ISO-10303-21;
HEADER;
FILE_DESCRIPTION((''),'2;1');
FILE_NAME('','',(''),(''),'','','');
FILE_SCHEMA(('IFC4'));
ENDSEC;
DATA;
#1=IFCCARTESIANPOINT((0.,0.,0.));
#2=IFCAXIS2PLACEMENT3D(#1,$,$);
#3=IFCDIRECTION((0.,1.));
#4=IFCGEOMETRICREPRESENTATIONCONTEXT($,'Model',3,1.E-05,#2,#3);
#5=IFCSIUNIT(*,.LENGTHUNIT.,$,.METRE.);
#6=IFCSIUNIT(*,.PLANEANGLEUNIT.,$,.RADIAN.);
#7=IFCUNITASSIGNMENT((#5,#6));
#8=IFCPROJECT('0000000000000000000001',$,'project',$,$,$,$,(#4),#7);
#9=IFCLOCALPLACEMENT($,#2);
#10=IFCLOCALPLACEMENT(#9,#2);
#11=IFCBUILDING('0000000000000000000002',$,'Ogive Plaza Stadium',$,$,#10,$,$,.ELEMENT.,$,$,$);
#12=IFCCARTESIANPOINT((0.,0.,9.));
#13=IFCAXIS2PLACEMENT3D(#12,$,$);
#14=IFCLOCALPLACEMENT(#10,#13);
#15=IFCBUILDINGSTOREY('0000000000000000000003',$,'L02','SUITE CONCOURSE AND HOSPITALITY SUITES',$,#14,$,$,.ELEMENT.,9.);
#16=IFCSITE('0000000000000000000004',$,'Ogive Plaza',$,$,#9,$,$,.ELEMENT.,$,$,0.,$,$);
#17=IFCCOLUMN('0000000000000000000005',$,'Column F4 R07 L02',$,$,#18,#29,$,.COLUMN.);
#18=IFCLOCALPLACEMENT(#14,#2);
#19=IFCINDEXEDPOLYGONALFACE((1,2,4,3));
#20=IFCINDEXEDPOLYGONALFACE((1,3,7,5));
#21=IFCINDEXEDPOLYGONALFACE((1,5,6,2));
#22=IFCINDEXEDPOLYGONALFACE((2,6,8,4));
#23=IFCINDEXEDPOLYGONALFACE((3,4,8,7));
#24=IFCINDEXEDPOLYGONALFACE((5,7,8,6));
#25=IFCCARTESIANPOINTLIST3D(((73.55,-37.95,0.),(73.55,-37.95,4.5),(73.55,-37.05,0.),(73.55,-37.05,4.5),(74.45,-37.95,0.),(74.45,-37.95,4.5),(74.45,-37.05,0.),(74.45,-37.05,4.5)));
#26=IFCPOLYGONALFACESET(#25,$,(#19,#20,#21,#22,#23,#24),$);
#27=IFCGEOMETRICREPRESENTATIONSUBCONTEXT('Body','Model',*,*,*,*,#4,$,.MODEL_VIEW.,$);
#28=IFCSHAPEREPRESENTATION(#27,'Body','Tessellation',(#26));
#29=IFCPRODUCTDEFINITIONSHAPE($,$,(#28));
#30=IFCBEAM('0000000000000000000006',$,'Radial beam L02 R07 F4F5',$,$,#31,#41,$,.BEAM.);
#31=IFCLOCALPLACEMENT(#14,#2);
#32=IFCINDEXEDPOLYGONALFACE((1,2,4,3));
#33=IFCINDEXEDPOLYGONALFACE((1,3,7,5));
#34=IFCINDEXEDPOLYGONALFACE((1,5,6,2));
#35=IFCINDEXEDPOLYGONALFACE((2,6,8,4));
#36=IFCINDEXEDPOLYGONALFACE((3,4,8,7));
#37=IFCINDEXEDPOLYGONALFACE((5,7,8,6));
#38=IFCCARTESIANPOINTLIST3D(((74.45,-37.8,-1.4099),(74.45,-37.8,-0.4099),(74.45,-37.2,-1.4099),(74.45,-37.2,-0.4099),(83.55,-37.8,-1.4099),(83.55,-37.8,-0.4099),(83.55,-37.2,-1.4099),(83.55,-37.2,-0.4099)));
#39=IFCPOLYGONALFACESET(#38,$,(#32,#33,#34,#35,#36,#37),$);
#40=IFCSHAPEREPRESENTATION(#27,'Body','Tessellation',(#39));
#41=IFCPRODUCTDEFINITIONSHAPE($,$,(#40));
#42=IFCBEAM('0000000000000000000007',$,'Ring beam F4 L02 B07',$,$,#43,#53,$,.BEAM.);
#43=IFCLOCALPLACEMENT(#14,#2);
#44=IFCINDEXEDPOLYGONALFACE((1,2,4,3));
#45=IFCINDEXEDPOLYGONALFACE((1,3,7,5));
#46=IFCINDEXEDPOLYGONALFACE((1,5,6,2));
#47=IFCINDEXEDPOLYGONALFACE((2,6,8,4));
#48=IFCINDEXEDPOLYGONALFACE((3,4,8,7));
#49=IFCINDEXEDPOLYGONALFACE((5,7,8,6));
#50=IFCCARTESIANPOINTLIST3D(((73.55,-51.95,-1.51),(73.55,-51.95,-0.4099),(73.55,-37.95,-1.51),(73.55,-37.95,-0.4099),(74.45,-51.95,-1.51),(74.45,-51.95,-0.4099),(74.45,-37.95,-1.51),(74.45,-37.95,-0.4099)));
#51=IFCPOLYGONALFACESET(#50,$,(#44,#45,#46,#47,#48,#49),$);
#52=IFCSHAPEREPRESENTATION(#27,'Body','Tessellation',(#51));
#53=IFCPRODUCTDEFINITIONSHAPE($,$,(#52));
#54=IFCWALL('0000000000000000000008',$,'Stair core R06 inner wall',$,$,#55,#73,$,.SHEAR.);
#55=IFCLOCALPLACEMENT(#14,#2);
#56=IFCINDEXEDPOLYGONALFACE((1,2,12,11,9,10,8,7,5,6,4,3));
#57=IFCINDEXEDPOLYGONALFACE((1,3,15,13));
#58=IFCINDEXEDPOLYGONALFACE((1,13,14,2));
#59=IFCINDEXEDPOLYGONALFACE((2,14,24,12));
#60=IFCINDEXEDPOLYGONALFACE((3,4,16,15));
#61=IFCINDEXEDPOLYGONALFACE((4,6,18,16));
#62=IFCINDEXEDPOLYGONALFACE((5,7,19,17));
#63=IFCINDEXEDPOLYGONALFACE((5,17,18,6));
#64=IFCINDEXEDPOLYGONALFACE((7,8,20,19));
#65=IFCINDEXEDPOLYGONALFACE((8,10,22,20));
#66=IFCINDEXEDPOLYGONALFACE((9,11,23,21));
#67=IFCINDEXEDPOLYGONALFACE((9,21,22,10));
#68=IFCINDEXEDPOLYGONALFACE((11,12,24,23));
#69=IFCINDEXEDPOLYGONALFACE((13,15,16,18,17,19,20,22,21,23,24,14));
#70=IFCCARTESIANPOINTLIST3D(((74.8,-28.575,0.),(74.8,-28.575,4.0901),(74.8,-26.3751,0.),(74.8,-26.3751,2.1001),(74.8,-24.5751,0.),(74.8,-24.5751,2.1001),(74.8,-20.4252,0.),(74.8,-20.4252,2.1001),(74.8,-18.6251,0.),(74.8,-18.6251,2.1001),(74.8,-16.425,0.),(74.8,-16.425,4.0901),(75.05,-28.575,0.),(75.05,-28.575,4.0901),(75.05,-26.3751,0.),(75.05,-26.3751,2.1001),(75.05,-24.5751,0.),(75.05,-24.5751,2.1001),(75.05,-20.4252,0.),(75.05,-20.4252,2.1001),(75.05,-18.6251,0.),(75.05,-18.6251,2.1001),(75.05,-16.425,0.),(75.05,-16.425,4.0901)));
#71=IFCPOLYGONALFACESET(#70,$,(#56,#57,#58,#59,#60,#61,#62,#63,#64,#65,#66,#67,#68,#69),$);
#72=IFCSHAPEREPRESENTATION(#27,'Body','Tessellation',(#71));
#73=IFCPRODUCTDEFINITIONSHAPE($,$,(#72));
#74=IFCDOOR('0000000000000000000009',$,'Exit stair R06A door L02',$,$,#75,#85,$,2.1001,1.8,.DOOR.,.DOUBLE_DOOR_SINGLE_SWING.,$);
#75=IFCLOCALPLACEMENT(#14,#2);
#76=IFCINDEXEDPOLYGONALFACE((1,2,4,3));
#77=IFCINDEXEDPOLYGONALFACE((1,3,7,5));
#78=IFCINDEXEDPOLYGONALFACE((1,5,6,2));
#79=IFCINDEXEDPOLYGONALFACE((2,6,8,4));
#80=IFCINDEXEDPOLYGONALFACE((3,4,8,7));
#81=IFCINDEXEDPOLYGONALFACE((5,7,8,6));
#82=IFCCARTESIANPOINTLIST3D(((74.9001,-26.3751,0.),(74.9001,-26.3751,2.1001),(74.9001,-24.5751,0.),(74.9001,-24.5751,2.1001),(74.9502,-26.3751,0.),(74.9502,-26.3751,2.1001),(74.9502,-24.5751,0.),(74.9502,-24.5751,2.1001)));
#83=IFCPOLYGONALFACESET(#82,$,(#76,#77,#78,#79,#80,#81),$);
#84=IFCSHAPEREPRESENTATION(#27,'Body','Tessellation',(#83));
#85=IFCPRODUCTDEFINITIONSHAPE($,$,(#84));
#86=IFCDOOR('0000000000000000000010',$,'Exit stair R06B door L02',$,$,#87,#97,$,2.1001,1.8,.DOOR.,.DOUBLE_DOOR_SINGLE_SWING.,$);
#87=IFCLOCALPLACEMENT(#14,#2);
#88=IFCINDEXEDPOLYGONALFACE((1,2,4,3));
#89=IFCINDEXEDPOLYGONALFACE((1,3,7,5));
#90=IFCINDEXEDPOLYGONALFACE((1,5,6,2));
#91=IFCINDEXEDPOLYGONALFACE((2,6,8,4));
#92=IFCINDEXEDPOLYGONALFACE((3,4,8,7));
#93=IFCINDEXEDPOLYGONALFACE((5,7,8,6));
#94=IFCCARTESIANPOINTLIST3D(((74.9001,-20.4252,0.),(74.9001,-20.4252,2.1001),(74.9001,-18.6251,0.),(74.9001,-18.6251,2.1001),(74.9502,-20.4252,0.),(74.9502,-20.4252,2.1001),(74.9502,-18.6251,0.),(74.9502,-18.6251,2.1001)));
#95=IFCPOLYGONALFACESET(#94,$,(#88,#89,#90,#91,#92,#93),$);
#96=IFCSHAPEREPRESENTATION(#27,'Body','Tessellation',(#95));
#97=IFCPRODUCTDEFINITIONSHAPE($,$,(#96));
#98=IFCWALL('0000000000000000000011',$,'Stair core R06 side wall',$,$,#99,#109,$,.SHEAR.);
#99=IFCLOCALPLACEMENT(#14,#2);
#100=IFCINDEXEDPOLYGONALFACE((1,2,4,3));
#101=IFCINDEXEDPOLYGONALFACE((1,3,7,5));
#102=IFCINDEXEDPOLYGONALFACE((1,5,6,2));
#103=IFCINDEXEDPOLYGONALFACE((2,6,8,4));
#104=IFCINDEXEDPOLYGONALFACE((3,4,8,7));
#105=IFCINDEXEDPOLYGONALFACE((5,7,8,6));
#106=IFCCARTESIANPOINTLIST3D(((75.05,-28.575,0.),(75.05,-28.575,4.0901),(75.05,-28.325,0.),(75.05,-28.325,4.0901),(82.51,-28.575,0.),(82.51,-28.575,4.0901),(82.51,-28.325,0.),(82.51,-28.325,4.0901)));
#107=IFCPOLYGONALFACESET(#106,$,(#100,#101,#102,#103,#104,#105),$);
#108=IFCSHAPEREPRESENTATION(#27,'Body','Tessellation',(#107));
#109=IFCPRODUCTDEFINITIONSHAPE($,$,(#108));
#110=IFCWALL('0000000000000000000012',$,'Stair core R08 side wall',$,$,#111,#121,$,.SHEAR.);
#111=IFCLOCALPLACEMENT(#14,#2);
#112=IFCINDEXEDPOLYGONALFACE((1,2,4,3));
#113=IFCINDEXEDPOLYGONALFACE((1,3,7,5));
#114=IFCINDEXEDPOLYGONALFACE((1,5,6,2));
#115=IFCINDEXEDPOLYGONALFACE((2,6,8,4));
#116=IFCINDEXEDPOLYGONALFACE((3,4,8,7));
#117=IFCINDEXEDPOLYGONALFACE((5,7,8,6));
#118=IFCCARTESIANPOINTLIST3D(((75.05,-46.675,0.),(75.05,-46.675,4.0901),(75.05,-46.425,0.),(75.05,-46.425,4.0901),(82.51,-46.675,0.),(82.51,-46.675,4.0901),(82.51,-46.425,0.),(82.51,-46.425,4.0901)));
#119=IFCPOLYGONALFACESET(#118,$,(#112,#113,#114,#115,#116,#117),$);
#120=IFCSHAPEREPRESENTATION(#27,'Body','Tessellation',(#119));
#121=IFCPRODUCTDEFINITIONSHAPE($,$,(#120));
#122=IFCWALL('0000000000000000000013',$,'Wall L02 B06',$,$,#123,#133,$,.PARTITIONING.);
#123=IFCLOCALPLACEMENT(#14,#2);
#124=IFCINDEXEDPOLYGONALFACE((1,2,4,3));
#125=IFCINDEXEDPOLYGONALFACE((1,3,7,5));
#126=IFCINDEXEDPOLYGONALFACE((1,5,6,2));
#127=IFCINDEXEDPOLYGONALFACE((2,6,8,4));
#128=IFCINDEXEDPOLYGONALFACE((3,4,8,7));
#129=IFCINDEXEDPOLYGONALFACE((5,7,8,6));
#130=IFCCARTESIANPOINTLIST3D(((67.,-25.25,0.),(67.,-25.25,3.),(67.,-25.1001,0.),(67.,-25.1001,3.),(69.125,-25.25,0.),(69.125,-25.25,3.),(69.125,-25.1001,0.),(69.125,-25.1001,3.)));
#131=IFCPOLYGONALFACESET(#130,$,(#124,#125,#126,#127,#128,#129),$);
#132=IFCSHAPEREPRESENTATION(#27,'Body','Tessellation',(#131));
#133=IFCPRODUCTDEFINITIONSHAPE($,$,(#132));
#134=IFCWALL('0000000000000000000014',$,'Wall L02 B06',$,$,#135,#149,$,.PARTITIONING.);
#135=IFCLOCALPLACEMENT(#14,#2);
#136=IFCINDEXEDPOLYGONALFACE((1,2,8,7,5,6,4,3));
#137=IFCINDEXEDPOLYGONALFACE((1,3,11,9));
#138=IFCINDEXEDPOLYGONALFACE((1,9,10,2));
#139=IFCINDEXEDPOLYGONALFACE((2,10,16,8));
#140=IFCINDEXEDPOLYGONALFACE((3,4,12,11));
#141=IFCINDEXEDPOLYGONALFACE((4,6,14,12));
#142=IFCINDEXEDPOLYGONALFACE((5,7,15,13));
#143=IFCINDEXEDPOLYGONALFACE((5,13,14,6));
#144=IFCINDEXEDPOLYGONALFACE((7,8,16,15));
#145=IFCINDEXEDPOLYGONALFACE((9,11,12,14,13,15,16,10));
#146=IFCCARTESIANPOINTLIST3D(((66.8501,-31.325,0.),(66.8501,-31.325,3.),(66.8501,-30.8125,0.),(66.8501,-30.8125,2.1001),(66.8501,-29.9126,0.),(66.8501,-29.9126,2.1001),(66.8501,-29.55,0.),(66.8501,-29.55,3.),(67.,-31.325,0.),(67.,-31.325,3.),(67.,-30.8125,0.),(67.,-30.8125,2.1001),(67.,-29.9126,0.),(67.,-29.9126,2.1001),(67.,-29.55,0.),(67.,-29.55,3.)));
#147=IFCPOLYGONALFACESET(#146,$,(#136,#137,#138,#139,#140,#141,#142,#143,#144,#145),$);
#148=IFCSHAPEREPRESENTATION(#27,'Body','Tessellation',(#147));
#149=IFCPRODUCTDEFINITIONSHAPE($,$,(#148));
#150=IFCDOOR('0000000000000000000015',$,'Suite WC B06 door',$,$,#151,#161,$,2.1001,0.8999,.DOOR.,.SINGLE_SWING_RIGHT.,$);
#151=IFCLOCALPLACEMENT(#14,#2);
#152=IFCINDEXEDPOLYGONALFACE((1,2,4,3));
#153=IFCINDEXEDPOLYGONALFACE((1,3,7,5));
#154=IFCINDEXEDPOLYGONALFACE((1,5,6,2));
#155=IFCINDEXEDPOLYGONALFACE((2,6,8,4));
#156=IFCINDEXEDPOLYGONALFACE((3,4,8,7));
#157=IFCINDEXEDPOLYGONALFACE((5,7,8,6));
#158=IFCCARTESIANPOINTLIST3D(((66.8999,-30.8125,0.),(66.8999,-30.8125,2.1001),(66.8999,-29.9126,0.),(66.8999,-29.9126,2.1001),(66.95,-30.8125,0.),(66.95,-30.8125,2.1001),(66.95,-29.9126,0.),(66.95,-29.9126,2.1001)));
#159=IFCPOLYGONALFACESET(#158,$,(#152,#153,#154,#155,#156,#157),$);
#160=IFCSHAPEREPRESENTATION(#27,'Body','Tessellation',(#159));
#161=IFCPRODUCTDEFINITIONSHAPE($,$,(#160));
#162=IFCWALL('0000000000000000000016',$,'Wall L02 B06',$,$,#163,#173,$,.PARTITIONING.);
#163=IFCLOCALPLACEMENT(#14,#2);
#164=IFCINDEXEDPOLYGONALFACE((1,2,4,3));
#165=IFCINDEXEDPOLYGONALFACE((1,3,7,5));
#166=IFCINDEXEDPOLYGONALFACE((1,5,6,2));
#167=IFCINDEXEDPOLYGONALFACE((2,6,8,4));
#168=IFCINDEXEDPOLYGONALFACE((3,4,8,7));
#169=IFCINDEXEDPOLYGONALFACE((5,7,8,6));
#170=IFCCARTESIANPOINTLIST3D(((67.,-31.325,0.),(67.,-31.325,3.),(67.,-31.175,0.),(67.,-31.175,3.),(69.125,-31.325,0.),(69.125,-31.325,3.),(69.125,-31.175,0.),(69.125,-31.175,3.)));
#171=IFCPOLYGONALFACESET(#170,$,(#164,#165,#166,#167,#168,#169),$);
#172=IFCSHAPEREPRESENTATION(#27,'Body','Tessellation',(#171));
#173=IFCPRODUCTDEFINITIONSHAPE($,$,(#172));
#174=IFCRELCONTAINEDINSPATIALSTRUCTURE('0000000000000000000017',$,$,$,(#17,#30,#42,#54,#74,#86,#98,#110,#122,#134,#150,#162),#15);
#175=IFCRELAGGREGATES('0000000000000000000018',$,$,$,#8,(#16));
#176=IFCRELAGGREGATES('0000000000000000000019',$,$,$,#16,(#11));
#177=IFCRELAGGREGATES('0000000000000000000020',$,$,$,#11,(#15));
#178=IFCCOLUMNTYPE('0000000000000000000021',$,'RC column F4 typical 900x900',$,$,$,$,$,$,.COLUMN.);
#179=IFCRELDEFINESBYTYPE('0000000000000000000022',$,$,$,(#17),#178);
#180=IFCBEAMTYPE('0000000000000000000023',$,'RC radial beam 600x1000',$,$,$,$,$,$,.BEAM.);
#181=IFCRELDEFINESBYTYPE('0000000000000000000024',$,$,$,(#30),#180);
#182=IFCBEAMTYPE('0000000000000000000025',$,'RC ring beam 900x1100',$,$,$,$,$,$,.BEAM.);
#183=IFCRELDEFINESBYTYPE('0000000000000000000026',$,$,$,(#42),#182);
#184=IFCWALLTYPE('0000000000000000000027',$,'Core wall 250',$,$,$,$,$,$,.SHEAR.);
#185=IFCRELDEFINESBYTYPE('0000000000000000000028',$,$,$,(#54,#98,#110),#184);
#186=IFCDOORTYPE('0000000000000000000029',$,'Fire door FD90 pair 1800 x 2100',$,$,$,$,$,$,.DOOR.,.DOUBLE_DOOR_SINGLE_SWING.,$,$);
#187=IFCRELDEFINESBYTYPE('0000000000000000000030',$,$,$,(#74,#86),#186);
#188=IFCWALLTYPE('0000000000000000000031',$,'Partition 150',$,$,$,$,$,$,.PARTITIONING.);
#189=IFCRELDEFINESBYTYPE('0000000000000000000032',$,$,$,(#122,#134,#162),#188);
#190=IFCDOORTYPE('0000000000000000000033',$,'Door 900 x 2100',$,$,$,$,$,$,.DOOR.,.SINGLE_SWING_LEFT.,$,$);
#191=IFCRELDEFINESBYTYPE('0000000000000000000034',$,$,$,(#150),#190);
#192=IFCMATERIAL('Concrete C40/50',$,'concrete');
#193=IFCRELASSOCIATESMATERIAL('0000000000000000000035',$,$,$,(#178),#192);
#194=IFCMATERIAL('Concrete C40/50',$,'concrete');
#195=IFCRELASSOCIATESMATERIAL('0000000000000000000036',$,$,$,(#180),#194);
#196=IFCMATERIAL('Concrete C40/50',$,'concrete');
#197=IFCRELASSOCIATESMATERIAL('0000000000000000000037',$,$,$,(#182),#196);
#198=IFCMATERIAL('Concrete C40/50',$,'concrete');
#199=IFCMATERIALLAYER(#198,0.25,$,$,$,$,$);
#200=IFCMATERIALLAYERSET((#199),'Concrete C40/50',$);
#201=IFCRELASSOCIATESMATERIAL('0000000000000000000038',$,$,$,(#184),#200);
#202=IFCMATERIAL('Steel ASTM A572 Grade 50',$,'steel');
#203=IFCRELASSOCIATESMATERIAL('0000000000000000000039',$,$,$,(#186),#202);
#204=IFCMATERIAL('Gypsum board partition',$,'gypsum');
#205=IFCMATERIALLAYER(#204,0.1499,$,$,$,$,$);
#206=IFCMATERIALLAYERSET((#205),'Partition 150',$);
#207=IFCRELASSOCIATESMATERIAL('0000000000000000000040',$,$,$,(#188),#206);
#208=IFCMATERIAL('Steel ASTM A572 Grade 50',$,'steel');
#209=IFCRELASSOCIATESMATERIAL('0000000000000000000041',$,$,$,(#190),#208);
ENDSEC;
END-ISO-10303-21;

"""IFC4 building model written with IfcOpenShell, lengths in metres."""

from ifc_helpers import new_model, si_unit, direction, frame, frame_2d, origin, origin_2d, place, context, subcontext, project, spatial, rectangle, extrude, material, layer, layer_set, material_profile, profile_set, type_object, element, fill, save


model = new_model("IFC4")

# Units and contexts
model_context = context("Model", 3, precision=1e-05, world=origin(), true_north=direction((0.0, 1.0)))
body_context = subcontext(model_context, "Body", "Model", "MODEL_VIEW")
ifc_project = project(units=[si_unit("LENGTHUNIT", "METRE"), si_unit("PLANEANGLEUNIT", "RADIAN")], contexts=[model_context])

# Site, building, storey
site_placement = place(None, origin())
site = spatial("IfcSite", under=ifc_project, at=site_placement, Name="Ogive Plaza", CompositionType="ELEMENT", RefElevation=0.0)
building_placement = place(site_placement, origin())
building = spatial("IfcBuilding", under=site, at=building_placement, Name="Ogive Plaza Stadium", CompositionType="ELEMENT")
storey_placement = place(building_placement, frame((0.0, 0.0, 9.0)))
storey = spatial("IfcBuildingStorey", under=building, at=storey_placement, Name="L02", Description="SUITE CONCOURSE AND HOSPITALITY SUITES", CompositionType="ELEMENT", Elevation=9.0)

# Column
ifc_material_1 = material(Name="Concrete C40/50", Category="concrete")
ifc_material_profile_1 = material_profile(ifc_material_1, rectangle(XDim=0.8999, YDim=0.8999, at=origin_2d()), Name="RC 900x900")
ifc_profile_set_1 = profile_set([ifc_material_profile_1], Name="Concrete C40/50")
column_type = type_object("IfcColumnType", Name="RC column F4 typical 900x900", PredefinedType="COLUMN", material=ifc_profile_set_1)
column_placement = place(storey_placement, frame((74.0, -37.5, 0.0), z_axis=(0.0, 0.0, 1.0), x_axis=(0.0, 1.0, 0.0)))
element("IfcColumn", 1, at=column_placement, inside=storey, type_object=column_type, Name="Column F4 R07 L02", PredefinedType="COLUMN", context=body_context, shape_type="SweptSolid", body=[
    extrude(rectangle(XDim=0.8999, YDim=0.8999, at=origin_2d()), origin(), (0.0, 0.0, 1.0), 4.5),
])

# Beams
ifc_material_2 = material(Name="Concrete C40/50", Category="concrete")
ifc_material_profile_2 = material_profile(ifc_material_2, rectangle(XDim=0.6001, YDim=1.0, at=origin_2d()), Name="RC 600x1000")
ifc_profile_set_2 = profile_set([ifc_material_profile_2], Name="Concrete C40/50")
beam_type_1 = type_object("IfcBeamType", Name="RC radial beam 600x1000", PredefinedType="BEAM", material=ifc_profile_set_2)
beam_1_placement = place(storey_placement, frame((74.45, -37.5, -0.9099), z_axis=(1.0, 0.0, 0.0), x_axis=(0.0, 1.0, 0.0)))
element("IfcBeam", 2, at=beam_1_placement, inside=storey, type_object=beam_type_1, Name="Radial beam L02 R07 F4F5", PredefinedType="BEAM", context=body_context, shape_type="SweptSolid", body=[
    extrude(rectangle(XDim=0.6001, YDim=1.0, at=origin_2d()), origin(), (0.0, 0.0, 1.0), 9.1001),
])
ifc_material_3 = material(Name="Concrete C40/50", Category="concrete")
ifc_material_profile_3 = material_profile(ifc_material_3, rectangle(XDim=0.8999, YDim=1.1001, at=origin_2d()), Name="RC 900x1100")
ifc_profile_set_3 = profile_set([ifc_material_profile_3], Name="Concrete C40/50")
beam_type_2 = type_object("IfcBeamType", Name="RC ring beam 900x1100", PredefinedType="BEAM", material=ifc_profile_set_3)
beam_2_placement = place(storey_placement, frame((74.0, -37.95, -0.96), z_axis=(0.0, -1.0, 0.0), x_axis=(1.0, 0.0, 0.0)))
element("IfcBeam", 3, at=beam_2_placement, inside=storey, type_object=beam_type_2, Name="Ring beam F4 L02 B07", PredefinedType="BEAM", context=body_context, shape_type="SweptSolid", body=[
    extrude(rectangle(XDim=0.8999, YDim=1.1001, at=origin_2d()), origin(), (0.0, 0.0, 1.0), 14.0),
])

# Wall, openings, doors
ifc_material_4 = material(Name="Concrete C40/50", Category="concrete")
ifc_layer_1 = layer(ifc_material_4, 0.25)
ifc_layer_set_1 = layer_set([ifc_layer_1], Name="Concrete C40/50")
wall_type_1 = type_object("IfcWallType", Name="Core wall 250", PredefinedType="SHEAR", material=ifc_layer_set_1)
wall_1_placement = place(storey_placement, frame((74.925, -28.575, 0.0), z_axis=(0.0, 0.0, 1.0), x_axis=(0.0, 1.0, 0.0)))
wall_1 = element("IfcWall", 4, at=wall_1_placement, inside=storey, type_object=wall_type_1, Name="Stair core R06 inner wall", PredefinedType="SHEAR", context=body_context, shape_type="SweptSolid", body=[
    extrude(rectangle(XDim=12.1499, YDim=0.25, at=frame_2d((6.075, 0.0))), origin(), (0.0, 0.0, 1.0), 4.0901),
])
opening_1_placement = place(wall_1_placement, frame((2.2, 0.0, 0.0)))
opening_1 = element("IfcOpeningElement", 5, at=opening_1_placement, cuts=wall_1, PredefinedType="OPENING", context=body_context, shape_type="SweptSolid", body=[
    extrude(rectangle(XDim=1.8, YDim=2.1001, at=frame_2d((0.8999, 1.05))), frame((0.0, 0.125, 0.0), z_axis=(0.0, -1.0, 0.0), x_axis=(1.0, 0.0, 0.0)), (0.0, 0.0, 1.0), 0.25),
])
opening_2_placement = place(wall_1_placement, frame((8.1499, 0.0, 0.0)))
opening_2 = element("IfcOpeningElement", 6, at=opening_2_placement, cuts=wall_1, PredefinedType="OPENING", context=body_context, shape_type="SweptSolid", body=[
    extrude(rectangle(XDim=1.8, YDim=2.1001, at=frame_2d((0.8999, 1.05))), frame((0.0, 0.125, 0.0), z_axis=(0.0, -1.0, 0.0), x_axis=(1.0, 0.0, 0.0)), (0.0, 0.0, 1.0), 0.25),
])
ifc_material_5 = material(Name="Steel ASTM A572 Grade 50", Category="steel")
door_type_1 = type_object("IfcDoorType", Name="Fire door FD90 pair 1800 x 2100", OperationType="DOUBLE_DOOR_SINGLE_SWING", PredefinedType="DOOR", material=ifc_material_5)
door_1_placement = place(opening_1_placement, origin())
door_1 = element("IfcDoor", 7, at=door_1_placement, inside=storey, type_object=door_type_1, Name="Exit stair R06A door L02", OperationType="DOUBLE_DOOR_SINGLE_SWING", OverallHeight=2.1001, OverallWidth=1.8, PredefinedType="DOOR", context=body_context, shape_type="SweptSolid", body=[
    extrude(rectangle(XDim=1.8, YDim=2.1001, at=frame_2d((0.8999, 1.05))), frame((0.0, 0.0249, 0.0), z_axis=(0.0, -1.0, 0.0), x_axis=(1.0, 0.0, 0.0)), (0.0, 0.0, 1.0), 0.05),
])
fill(opening_1, door_1)
door_2_placement = place(opening_2_placement, origin())
door_2 = element("IfcDoor", 8, at=door_2_placement, inside=storey, type_object=door_type_1, Name="Exit stair R06B door L02", OperationType="DOUBLE_DOOR_SINGLE_SWING", OverallHeight=2.1001, OverallWidth=1.8, PredefinedType="DOOR", context=body_context, shape_type="SweptSolid", body=[
    extrude(rectangle(XDim=1.8, YDim=2.1001, at=frame_2d((0.8999, 1.05))), frame((0.0, 0.0249, 0.0), z_axis=(0.0, -1.0, 0.0), x_axis=(1.0, 0.0, 0.0)), (0.0, 0.0, 1.0), 0.05),
])
fill(opening_2, door_2)

# Walls
for number, where, z_axis, x_axis, name in (
    (9, (75.05, -28.45, 0.0), (0.0, 0.0, 1.0), (1.0, 0.0, 0.0), "Stair core R06 side wall"),
    (10, (75.05, -46.55, 0.0), (0.0, 0.0, 1.0), (1.0, 0.0, 0.0), "Stair core R08 side wall"),
):
    element("IfcWall", number, at=place(storey_placement, frame(where, z_axis=z_axis, x_axis=x_axis)), inside=storey, type_object=wall_type_1, Name=name, PredefinedType="SHEAR", context=body_context, shape_type="SweptSolid", body=[
        extrude(rectangle(XDim=7.46, YDim=0.25, at=frame_2d((3.73, 0.0))), origin(), (0.0, 0.0, 1.0), 4.0901),
    ])
ifc_material_6 = material(Name="Gypsum board partition", Category="gypsum")
ifc_layer_2 = layer(ifc_material_6, 0.1499)
ifc_layer_set_2 = layer_set([ifc_layer_2], Name="Partition 150")
wall_type_2 = type_object("IfcWallType", Name="Partition 150", PredefinedType="PARTITIONING", material=ifc_layer_set_2)
wall_2_placement = place(storey_placement, frame((67.0, -25.175, 0.0), z_axis=(0.0, 0.0, 1.0), x_axis=(1.0, 0.0, 0.0)))
element("IfcWall", 11, at=wall_2_placement, inside=storey, type_object=wall_type_2, Name="Wall L02 B06", PredefinedType="PARTITIONING", context=body_context, shape_type="SweptSolid", body=[
    extrude(rectangle(XDim=2.125, YDim=0.1499, at=frame_2d((1.0625, 0.0))), origin(), (0.0, 0.0, 1.0), 3.0),
])

# Wall, opening, door
wall_3_placement = place(storey_placement, frame((66.925, -29.55, 0.0), z_axis=(0.0, 0.0, 1.0), x_axis=(0.0, -1.0, 0.0)))
wall_3 = element("IfcWall", 12, at=wall_3_placement, inside=storey, type_object=wall_type_2, Name="Wall L02 B06", PredefinedType="PARTITIONING", context=body_context, shape_type="SweptSolid", body=[
    extrude(rectangle(XDim=1.7749, YDim=0.1499, at=frame_2d((0.8875, 0.0))), origin(), (0.0, 0.0, 1.0), 3.0),
])
opening_3_placement = place(wall_3_placement, frame((0.3625, 0.0, 0.0)))
opening_3 = element("IfcOpeningElement", 13, at=opening_3_placement, cuts=wall_3, PredefinedType="OPENING", context=body_context, shape_type="SweptSolid", body=[
    extrude(rectangle(XDim=0.8999, YDim=2.1001, at=frame_2d((0.45, 1.05))), frame((0.0, 0.075, 0.0), z_axis=(0.0, -1.0, 0.0), x_axis=(1.0, 0.0, 0.0)), (0.0, 0.0, 1.0), 0.1499),
])
ifc_material_7 = material(Name="Steel ASTM A572 Grade 50", Category="steel")
door_type_2 = type_object("IfcDoorType", Name="Door 900 x 2100", OperationType="SINGLE_SWING_LEFT", PredefinedType="DOOR", material=ifc_material_7)
door_3_placement = place(opening_3_placement, origin())
door_3 = element("IfcDoor", 14, at=door_3_placement, inside=storey, type_object=door_type_2, Name="Suite WC B06 door", OperationType="SINGLE_SWING_RIGHT", OverallHeight=2.1001, OverallWidth=0.8999, PredefinedType="DOOR", context=body_context, shape_type="SweptSolid", body=[
    extrude(rectangle(XDim=0.8999, YDim=2.1001, at=frame_2d((0.45, 1.05))), frame((0.0, 0.0249, 0.0), z_axis=(0.0, -1.0, 0.0), x_axis=(1.0, 0.0, 0.0)), (0.0, 0.0, 1.0), 0.05),
])
fill(opening_3, door_3)

# Wall
for number, where, z_axis, x_axis, name in (
    (15, (67.0, -31.25, 0.0), (0.0, 0.0, 1.0), (1.0, 0.0, 0.0), "Wall L02 B06"),
):
    element("IfcWall", number, at=place(storey_placement, frame(where, z_axis=z_axis, x_axis=x_axis)), inside=storey, type_object=wall_type_2, Name=name, PredefinedType="PARTITIONING", context=body_context, shape_type="SweptSolid", body=[
        extrude(rectangle(XDim=2.125, YDim=0.1499, at=frame_2d((1.0625, 0.0))), origin(), (0.0, 0.0, 1.0), 3.0),
    ])

save(model, "model.ifc")
